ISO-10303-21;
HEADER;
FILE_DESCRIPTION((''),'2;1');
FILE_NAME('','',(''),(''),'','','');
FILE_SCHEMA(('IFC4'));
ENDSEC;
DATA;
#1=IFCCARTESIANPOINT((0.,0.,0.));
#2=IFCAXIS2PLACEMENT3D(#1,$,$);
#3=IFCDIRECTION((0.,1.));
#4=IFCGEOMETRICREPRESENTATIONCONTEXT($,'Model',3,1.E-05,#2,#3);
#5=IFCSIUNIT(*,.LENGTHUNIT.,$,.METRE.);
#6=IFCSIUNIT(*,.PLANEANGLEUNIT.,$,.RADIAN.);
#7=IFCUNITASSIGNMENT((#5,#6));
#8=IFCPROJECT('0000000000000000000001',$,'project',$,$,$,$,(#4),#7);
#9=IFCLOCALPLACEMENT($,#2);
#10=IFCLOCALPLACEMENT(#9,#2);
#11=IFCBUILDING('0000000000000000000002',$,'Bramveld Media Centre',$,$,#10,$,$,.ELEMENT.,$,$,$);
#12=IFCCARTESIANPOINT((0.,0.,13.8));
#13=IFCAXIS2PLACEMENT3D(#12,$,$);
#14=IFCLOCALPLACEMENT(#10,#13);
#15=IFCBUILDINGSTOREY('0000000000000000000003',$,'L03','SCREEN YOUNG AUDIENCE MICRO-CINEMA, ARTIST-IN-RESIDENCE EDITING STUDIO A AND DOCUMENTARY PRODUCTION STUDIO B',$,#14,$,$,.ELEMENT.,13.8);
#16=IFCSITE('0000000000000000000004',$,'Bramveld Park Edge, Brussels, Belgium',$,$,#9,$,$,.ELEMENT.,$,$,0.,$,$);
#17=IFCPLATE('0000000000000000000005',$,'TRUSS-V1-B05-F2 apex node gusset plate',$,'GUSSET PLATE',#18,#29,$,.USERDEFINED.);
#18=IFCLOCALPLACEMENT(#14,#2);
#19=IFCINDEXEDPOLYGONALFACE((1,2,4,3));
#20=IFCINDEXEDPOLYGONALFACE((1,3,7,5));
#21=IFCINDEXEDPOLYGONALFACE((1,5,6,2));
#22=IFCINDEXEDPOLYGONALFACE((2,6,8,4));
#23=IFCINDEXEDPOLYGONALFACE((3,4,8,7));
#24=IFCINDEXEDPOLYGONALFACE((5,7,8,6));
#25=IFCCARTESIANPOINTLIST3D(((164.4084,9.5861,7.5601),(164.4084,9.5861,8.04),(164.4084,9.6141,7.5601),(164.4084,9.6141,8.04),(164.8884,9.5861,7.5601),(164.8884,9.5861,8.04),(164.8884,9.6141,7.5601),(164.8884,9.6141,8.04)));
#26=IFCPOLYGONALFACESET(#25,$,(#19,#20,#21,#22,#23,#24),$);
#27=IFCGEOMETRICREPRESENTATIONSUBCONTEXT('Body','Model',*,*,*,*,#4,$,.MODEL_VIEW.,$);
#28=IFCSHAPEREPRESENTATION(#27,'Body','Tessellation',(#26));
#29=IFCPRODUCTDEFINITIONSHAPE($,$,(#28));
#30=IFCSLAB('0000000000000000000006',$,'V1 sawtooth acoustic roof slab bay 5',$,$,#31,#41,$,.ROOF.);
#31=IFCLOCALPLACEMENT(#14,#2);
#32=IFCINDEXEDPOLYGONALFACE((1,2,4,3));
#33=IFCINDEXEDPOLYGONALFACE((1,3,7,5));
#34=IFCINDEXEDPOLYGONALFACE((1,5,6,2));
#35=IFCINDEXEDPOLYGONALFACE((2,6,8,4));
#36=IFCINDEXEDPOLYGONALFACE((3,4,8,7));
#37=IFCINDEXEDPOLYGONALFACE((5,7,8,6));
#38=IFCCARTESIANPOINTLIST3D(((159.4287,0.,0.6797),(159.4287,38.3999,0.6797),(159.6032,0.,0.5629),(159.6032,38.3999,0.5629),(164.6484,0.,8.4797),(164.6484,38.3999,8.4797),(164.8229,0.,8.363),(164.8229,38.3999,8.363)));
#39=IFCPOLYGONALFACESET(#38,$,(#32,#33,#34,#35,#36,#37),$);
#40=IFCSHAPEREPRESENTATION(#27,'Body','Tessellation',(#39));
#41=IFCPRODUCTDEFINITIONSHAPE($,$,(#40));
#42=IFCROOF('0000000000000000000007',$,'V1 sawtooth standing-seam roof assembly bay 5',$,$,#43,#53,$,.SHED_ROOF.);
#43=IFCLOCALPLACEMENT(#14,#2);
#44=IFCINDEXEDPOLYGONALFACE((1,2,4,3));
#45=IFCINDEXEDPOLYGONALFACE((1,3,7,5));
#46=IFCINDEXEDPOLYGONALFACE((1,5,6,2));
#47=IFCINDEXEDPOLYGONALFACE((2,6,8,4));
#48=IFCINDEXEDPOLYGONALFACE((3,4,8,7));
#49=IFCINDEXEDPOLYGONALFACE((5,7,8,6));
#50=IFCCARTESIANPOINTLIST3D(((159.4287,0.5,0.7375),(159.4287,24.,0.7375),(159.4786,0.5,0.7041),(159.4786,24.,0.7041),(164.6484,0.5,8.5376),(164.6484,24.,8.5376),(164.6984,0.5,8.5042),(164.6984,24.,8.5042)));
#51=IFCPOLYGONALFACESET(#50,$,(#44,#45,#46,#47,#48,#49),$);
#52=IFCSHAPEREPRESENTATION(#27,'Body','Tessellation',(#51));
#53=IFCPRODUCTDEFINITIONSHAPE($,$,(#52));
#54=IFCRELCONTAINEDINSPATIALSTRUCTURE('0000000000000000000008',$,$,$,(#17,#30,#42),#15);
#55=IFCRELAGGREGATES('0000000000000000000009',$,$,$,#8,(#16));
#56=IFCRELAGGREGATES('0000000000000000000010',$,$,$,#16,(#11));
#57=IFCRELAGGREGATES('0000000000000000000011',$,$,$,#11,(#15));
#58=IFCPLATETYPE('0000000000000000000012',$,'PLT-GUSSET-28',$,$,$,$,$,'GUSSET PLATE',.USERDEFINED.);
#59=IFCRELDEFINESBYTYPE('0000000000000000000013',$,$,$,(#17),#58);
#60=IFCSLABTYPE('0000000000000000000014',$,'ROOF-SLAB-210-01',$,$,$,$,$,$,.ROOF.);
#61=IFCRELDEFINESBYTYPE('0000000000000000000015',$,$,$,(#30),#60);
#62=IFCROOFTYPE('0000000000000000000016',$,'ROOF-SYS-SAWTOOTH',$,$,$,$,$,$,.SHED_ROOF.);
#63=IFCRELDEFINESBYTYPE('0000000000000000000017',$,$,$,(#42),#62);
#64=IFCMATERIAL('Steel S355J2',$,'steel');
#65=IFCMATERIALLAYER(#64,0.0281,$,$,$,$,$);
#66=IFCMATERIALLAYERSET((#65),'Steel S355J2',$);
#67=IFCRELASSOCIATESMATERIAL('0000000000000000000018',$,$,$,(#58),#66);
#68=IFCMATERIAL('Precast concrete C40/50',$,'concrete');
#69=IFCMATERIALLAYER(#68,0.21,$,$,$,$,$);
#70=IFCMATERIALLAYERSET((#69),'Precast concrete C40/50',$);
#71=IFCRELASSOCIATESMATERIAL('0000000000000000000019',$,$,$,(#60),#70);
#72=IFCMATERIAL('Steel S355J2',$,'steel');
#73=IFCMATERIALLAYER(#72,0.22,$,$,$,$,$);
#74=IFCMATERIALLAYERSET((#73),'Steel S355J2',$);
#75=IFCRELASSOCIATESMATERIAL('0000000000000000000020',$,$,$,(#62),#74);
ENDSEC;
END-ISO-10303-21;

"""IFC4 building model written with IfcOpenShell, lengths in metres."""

from ifc_helpers import new_model, si_unit, direction, frame, origin, origin_2d, place, context, subcontext, project, spatial, polyline, rectangle, outline, extrude, material, layer, layer_set, type_object, element, save


model = new_model("IFC4")

# Units and contexts
model_context = context("Model", 3, precision=1e-05, world=origin(), true_north=direction((0.0, 1.0)))
body_context = subcontext(model_context, "Body", "Model", "MODEL_VIEW")
ifc_project = project(units=[si_unit("LENGTHUNIT", "METRE"), si_unit("PLANEANGLEUNIT", "RADIAN")], contexts=[model_context])

# Site, building, storey
site_placement = place(None, origin())
site = spatial("IfcSite", under=ifc_project, at=site_placement, Name="Bramveld Park Edge, Brussels, Belgium", CompositionType="ELEMENT", RefElevation=0.0)
building_placement = place(site_placement, origin())
building = spatial("IfcBuilding", under=site, at=building_placement, Name="Bramveld Media Centre", CompositionType="ELEMENT")
storey_placement = place(building_placement, frame((0.0, 0.0, 13.8)))
storey = spatial("IfcBuildingStorey", under=building, at=storey_placement, Name="L03", Description="SCREEN YOUNG AUDIENCE MICRO-CINEMA, ARTIST-IN-RESIDENCE EDITING STUDIO A AND DOCUMENTARY PRODUCTION STUDIO B", CompositionType="ELEMENT", Elevation=13.8)

# Plate
ifc_material_1 = material(Name="Steel S355J2", Category="steel")
ifc_layer_1 = layer(ifc_material_1, 0.0281)
ifc_layer_set_1 = layer_set([ifc_layer_1], Name="Steel S355J2")
plate_type_1 = type_object("IfcPlateType", Name="PLT-GUSSET-28", ElementType="GUSSET PLATE", PredefinedType="USERDEFINED", material=ifc_layer_set_1)
plate_1_placement = place(storey_placement, frame((164.6484, 9.6001, 7.5601), z_axis=(0.0, 0.0, 1.0), x_axis=(1.0, 0.0, 0.0)))
element("IfcPlate", 1, at=plate_1_placement, inside=storey, type_object=plate_type_1, Name="TRUSS-V1-B05-F2 apex node gusset plate", ObjectType="GUSSET PLATE", PredefinedType="USERDEFINED", context=body_context, shape_type="SweptSolid", body=[
    extrude(rectangle(XDim=0.48, YDim=0.0281, at=origin_2d()), origin(), (0.0, 0.0, 1.0), 0.48),
])

# Slab
ifc_material_2 = material(Name="Precast concrete C40/50", Category="concrete")
ifc_layer_2 = layer(ifc_material_2, 0.21)
ifc_layer_set_2 = layer_set([ifc_layer_2], Name="Precast concrete C40/50")
slab_type = type_object("IfcSlabType", Name="ROOF-SLAB-210-01", PredefinedType="ROOF", material=ifc_layer_set_2)
slab_placement = place(storey_placement, frame((159.4287, 0.0, 0.6797), z_axis=(-0.831081, 0.0, 0.556152), x_axis=(0.556152, 0.0, 0.831081)))
element("IfcSlab", 2, at=slab_placement, inside=storey, type_object=slab_type, Name="V1 sawtooth acoustic roof slab bay 5", PredefinedType="ROOF", context=body_context, shape_type="SweptSolid", body=[
    extrude(outline(polyline([(0.0, 0.0), (9.3854, 0.0), (9.3854, 38.3999), (0.0, 38.3999), (0.0, 0.0)])), origin(), (0.0, 0.0, -1.0), 0.21),
])

# Roof
ifc_material_3 = material(Name="Steel S355J2", Category="steel")
ifc_layer_3 = layer(ifc_material_3, 0.22)
ifc_layer_set_3 = layer_set([ifc_layer_3], Name="Steel S355J2")
roof_type = type_object("IfcRoofType", Name="ROOF-SYS-SAWTOOTH", PredefinedType="SHED_ROOF", material=ifc_layer_set_3)
roof_placement = place(storey_placement, frame((159.4287, 0.5, 0.7375), z_axis=(-0.831081, 0.0, 0.556152), x_axis=(0.556152, 0.0, 0.831081)))
element("IfcRoof", 3, at=roof_placement, inside=storey, type_object=roof_type, Name="V1 sawtooth standing-seam roof assembly bay 5", PredefinedType="SHED_ROOF", context=body_context, shape_type="SweptSolid", body=[
    extrude(outline(polyline([(0.0, 0.0), (9.3854, 0.0), (9.3854, 23.5), (0.0, 23.5), (0.0, 0.0)])), origin(), (0.0, 0.0, -1.0), 0.0601),
])

save(model, "model.ifc")
